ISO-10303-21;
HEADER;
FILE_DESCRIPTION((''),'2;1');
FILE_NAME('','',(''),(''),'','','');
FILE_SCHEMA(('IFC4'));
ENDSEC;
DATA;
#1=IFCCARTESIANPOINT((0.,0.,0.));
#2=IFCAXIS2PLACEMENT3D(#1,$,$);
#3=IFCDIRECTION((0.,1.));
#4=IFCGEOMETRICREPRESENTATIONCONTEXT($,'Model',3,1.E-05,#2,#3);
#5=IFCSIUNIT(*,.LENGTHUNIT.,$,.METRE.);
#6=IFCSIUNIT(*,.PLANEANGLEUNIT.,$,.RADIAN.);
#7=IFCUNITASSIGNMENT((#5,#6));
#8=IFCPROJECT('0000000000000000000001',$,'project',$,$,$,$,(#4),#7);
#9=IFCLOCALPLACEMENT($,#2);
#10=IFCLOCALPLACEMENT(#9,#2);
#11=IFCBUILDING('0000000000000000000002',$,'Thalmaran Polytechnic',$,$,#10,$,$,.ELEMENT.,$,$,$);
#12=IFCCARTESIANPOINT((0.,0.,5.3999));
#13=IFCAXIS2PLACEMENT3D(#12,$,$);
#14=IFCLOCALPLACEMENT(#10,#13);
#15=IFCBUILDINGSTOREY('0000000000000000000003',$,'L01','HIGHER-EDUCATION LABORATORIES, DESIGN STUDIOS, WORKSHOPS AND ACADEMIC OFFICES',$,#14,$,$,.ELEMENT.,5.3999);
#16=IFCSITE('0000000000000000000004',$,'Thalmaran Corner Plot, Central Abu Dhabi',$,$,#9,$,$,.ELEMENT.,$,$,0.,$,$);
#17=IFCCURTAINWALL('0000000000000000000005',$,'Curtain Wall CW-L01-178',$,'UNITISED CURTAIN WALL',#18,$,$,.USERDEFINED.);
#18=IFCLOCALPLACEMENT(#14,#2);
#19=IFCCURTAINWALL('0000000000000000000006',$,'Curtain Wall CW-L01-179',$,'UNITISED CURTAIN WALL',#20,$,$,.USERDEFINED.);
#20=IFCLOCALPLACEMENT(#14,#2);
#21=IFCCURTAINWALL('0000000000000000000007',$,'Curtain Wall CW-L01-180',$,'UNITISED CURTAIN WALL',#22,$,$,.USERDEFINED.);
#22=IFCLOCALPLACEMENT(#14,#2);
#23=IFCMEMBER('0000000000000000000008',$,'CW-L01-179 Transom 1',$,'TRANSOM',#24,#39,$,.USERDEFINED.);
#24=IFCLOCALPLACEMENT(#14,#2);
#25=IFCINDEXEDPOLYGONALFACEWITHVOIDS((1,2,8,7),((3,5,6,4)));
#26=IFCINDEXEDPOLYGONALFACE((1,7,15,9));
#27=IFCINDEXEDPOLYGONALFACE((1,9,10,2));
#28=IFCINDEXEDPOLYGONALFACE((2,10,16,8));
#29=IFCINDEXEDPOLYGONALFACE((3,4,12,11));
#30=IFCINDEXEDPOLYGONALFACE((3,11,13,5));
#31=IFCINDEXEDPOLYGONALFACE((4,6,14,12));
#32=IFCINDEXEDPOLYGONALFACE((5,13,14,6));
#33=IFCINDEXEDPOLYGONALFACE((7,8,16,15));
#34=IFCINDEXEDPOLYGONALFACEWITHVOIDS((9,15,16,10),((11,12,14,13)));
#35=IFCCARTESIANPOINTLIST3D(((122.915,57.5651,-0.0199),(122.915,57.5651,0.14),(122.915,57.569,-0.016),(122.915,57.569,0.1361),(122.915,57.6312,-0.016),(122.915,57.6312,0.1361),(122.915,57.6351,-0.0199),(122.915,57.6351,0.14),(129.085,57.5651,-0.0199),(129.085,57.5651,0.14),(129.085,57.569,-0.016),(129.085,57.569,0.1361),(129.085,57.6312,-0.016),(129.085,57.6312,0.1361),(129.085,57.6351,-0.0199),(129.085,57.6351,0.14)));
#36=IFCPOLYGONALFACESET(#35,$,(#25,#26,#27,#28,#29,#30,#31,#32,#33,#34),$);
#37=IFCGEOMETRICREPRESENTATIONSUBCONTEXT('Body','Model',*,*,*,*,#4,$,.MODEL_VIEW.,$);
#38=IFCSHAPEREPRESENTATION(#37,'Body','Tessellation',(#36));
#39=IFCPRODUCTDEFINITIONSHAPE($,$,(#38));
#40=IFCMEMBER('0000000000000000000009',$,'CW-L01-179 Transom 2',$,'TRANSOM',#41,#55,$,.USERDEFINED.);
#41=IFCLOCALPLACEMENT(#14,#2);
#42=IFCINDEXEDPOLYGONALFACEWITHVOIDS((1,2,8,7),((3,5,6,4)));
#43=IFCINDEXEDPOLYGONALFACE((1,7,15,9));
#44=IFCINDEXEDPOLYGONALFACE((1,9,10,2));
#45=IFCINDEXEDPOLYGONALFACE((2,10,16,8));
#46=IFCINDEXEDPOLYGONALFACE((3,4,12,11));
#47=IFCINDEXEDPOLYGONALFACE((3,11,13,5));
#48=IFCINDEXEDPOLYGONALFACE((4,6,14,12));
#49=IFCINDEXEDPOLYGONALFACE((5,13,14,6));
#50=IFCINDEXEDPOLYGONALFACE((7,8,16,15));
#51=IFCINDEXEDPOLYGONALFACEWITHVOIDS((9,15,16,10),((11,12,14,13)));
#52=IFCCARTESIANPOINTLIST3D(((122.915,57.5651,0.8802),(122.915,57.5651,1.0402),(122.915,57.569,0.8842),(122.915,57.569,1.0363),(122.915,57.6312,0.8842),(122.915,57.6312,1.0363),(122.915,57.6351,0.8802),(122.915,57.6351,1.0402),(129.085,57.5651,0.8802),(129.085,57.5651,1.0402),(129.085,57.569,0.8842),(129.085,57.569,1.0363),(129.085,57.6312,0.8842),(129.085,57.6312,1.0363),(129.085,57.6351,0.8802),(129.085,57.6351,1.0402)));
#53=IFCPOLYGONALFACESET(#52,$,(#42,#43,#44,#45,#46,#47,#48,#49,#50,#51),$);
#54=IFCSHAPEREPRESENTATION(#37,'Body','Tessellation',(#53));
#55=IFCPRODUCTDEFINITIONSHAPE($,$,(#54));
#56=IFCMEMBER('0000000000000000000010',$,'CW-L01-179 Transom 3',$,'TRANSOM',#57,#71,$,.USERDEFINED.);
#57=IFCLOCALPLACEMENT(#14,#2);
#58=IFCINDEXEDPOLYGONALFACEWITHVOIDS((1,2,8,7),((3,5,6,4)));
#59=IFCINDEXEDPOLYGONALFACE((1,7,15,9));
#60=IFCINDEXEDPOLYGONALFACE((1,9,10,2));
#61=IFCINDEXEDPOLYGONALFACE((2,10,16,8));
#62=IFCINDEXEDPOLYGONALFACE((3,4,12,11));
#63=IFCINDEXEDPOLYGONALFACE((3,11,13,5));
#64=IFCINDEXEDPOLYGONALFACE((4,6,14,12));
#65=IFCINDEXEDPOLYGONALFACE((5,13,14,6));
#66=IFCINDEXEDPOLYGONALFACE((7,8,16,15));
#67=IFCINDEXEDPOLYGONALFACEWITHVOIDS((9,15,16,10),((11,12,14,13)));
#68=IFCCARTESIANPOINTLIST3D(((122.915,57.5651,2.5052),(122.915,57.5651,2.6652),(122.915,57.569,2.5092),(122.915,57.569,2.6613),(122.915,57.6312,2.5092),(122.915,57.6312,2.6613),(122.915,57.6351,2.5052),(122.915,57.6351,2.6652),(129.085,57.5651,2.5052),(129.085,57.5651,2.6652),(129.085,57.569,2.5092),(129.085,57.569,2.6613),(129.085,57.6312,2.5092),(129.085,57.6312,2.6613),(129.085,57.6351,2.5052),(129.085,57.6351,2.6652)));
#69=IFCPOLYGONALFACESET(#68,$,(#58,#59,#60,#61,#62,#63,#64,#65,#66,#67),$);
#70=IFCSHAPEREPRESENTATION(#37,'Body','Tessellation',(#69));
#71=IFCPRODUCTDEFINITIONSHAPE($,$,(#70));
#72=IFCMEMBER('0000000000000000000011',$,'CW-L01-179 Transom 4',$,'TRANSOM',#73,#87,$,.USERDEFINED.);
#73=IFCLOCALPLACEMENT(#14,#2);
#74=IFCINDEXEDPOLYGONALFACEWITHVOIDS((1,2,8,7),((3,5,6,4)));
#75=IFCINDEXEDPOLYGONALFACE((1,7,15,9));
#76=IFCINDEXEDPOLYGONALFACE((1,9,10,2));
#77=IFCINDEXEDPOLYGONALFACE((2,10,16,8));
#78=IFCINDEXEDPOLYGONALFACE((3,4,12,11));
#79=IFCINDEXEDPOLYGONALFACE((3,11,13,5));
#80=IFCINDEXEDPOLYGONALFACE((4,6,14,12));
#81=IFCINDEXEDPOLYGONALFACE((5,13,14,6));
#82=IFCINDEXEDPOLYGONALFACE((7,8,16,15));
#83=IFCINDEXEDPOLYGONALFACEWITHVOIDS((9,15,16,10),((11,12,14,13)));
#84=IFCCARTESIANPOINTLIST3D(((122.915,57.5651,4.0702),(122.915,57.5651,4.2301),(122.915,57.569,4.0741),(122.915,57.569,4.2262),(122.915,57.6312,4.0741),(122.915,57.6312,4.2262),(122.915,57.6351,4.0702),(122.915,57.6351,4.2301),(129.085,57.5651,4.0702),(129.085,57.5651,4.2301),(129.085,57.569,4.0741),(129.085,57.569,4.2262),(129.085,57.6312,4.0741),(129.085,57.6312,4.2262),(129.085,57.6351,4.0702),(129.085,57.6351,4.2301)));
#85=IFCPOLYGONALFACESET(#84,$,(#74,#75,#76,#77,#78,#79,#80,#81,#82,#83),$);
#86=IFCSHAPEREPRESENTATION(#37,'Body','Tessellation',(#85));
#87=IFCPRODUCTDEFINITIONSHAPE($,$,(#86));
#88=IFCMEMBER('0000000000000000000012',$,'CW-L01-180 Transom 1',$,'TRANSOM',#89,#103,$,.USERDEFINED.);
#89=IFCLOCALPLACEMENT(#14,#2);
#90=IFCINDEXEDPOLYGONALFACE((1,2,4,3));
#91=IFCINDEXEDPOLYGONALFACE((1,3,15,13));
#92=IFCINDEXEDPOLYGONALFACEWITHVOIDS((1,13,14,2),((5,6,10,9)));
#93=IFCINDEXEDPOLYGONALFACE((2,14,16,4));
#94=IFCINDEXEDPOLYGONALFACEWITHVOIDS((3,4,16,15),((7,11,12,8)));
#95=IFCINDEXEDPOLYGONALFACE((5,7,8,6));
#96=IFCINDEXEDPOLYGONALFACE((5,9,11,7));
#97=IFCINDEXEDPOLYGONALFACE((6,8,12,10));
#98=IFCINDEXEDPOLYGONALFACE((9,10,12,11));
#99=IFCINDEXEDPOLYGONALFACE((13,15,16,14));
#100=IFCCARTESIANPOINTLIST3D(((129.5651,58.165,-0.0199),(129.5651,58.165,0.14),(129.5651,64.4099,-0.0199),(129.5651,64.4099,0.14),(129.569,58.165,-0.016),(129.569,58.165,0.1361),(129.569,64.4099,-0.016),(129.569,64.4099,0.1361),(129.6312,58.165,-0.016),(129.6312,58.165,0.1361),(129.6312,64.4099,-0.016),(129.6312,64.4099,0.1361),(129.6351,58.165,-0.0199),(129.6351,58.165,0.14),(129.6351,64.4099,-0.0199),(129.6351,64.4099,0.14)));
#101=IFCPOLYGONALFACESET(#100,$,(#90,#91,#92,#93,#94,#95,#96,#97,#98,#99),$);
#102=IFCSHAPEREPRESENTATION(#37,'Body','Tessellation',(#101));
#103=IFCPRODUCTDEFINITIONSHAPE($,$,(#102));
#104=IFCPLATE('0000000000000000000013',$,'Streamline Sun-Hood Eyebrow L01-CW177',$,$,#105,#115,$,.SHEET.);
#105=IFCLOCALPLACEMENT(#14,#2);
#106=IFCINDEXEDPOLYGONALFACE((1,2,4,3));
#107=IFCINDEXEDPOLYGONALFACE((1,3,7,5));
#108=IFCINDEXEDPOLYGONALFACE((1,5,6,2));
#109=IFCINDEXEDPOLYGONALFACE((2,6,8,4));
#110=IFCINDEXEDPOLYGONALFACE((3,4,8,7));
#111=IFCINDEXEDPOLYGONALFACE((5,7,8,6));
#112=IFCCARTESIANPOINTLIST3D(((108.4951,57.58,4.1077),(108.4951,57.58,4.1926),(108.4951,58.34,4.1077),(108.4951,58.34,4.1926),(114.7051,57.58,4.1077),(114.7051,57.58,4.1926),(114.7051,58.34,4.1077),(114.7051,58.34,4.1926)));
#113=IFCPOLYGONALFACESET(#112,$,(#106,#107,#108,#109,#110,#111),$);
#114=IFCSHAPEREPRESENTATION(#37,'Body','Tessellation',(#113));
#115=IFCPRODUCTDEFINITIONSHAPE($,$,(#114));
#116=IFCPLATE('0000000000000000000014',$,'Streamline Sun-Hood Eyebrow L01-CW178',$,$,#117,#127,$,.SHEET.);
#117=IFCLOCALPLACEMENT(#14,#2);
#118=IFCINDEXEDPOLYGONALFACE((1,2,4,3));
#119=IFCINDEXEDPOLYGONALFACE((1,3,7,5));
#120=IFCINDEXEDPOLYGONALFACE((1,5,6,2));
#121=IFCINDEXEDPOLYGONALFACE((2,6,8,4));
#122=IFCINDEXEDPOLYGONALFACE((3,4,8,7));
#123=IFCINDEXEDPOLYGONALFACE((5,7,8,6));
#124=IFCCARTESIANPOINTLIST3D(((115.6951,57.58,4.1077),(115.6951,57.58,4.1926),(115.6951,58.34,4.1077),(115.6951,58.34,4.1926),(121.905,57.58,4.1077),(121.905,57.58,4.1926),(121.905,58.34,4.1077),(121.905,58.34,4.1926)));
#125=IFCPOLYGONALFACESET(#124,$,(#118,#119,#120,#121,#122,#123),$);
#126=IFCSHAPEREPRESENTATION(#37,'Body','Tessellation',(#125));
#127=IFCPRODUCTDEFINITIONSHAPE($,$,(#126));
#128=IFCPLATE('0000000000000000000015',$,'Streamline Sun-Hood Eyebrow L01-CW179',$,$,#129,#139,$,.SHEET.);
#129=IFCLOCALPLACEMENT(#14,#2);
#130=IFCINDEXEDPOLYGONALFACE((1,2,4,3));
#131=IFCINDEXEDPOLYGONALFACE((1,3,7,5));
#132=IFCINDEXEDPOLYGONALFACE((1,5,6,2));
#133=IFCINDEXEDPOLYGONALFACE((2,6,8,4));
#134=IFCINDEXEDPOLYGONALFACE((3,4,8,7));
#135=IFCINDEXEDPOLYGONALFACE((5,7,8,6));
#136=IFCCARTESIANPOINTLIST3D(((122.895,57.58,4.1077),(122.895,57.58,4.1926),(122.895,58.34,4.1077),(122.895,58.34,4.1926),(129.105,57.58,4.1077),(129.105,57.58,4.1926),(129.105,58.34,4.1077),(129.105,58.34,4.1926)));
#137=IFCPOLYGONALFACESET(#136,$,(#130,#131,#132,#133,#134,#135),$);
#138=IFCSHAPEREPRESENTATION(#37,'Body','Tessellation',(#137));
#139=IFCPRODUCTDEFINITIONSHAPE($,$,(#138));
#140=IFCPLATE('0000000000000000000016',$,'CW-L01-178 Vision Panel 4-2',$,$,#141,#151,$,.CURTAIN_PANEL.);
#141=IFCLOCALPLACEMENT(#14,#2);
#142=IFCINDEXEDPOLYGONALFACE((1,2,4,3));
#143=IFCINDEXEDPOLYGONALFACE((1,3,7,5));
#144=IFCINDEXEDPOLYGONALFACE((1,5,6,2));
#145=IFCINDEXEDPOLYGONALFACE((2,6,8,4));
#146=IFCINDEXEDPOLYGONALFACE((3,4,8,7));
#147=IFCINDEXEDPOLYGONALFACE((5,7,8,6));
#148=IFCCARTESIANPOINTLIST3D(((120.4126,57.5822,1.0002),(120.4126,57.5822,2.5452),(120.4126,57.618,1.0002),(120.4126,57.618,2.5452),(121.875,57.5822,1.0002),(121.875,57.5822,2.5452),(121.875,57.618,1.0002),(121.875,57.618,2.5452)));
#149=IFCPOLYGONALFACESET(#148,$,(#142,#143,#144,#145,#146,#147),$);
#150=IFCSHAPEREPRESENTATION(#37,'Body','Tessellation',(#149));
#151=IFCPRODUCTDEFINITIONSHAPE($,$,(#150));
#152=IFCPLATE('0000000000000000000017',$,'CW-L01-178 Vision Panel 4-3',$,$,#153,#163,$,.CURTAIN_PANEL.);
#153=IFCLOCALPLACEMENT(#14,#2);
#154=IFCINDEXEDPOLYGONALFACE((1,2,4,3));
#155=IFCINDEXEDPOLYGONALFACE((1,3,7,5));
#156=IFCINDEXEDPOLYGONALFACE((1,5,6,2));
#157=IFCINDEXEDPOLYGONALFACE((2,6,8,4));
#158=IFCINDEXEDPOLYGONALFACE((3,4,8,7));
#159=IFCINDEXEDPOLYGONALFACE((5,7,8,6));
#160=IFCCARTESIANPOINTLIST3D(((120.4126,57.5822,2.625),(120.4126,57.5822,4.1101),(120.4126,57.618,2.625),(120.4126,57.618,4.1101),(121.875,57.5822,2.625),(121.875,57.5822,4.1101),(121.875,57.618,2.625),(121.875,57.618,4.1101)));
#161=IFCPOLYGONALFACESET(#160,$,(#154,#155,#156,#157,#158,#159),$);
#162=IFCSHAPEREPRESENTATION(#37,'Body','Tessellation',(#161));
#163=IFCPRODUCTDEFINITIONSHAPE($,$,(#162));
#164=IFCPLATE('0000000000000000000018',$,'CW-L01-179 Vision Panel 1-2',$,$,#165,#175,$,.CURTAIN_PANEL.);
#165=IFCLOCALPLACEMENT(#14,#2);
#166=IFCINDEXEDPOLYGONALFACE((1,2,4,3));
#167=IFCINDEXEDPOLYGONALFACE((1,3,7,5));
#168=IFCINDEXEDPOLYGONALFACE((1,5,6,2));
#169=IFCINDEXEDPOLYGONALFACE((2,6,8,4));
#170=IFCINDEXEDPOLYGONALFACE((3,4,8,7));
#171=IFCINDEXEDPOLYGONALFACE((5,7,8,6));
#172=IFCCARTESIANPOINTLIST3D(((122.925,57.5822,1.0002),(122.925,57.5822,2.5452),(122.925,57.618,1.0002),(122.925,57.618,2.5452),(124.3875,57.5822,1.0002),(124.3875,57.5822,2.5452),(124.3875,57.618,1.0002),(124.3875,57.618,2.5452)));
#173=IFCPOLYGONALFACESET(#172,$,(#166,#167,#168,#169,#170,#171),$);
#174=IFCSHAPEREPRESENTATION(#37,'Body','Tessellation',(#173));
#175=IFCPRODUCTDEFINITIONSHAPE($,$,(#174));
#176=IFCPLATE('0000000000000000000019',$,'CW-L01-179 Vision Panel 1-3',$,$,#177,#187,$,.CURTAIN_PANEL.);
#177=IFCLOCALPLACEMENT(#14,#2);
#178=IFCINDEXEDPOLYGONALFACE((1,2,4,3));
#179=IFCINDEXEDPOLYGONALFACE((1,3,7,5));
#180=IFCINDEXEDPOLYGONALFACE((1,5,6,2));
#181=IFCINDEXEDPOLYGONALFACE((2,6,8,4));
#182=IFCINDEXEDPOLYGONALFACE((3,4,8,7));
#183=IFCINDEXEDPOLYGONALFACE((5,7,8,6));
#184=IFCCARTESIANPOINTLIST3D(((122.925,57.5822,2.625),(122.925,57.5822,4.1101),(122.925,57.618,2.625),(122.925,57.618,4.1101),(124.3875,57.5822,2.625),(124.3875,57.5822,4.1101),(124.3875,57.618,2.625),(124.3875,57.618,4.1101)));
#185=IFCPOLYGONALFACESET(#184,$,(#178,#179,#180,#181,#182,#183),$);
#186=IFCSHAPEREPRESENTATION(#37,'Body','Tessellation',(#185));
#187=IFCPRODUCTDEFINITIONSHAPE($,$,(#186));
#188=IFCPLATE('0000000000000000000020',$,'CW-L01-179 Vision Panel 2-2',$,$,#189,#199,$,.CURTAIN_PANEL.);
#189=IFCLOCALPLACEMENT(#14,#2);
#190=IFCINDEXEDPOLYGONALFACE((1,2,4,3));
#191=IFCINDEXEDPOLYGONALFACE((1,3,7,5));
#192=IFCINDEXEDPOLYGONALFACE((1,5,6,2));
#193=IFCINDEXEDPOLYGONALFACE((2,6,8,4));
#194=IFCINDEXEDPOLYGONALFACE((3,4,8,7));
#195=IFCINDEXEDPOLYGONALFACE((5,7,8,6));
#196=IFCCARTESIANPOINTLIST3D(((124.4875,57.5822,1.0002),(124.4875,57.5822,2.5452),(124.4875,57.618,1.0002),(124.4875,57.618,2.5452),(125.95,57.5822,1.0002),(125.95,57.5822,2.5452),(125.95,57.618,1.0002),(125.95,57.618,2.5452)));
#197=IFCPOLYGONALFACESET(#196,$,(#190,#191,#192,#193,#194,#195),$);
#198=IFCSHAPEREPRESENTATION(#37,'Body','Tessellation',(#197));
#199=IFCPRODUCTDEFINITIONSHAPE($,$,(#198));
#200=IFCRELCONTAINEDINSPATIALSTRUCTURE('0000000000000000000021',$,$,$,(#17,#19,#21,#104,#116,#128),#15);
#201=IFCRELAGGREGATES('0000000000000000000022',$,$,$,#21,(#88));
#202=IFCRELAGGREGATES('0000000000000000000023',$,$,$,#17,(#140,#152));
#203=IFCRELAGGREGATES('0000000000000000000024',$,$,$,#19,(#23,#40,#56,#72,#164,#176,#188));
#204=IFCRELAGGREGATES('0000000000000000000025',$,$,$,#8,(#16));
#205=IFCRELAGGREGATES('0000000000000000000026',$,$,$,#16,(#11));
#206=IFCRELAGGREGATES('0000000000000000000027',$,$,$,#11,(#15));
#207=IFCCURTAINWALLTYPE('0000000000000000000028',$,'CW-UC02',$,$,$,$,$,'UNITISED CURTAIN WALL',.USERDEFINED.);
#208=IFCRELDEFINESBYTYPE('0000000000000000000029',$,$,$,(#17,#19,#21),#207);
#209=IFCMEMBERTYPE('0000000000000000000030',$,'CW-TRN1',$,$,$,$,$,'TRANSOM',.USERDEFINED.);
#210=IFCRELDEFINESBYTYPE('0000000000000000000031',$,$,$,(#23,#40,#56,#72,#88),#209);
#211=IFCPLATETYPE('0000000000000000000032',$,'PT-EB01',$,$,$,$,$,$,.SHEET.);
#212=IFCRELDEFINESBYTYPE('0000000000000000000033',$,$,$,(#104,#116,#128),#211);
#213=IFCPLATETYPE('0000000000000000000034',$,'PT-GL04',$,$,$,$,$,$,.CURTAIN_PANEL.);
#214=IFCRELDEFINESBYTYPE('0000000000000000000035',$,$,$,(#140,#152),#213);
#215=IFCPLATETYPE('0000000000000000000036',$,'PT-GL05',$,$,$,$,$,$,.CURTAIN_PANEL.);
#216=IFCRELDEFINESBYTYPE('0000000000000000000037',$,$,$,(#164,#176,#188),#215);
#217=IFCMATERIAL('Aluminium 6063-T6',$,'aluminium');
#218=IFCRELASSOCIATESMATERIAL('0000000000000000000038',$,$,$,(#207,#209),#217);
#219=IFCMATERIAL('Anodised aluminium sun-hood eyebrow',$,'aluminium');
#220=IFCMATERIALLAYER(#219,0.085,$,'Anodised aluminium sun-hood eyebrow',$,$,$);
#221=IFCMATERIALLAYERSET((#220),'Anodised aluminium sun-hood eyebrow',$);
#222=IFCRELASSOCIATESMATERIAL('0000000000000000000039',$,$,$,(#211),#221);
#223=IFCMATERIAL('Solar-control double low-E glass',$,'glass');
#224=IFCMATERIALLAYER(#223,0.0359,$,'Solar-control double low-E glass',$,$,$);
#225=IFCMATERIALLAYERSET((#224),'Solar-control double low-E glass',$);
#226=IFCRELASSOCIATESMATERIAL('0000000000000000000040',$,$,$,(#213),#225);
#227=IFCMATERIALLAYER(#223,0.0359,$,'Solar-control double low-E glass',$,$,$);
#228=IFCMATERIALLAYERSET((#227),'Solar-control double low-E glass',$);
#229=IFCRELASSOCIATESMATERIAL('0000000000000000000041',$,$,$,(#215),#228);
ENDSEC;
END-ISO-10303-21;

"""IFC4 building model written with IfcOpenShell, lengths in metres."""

from ifc_helpers import new_model, si_unit, direction, frame, origin, origin_2d, place, context, subcontext, project, spatial, rectangle, hollow_rectangle, extrude, material, layer, layer_set, material_profile, profile_set, type_object, element, aggregate, save


model = new_model("IFC4")

# Units and contexts
model_context = context("Model", 3, precision=1e-05, world=origin(), true_north=direction((0.0, 1.0)))
body_context = subcontext(model_context, "Body", "Model", "MODEL_VIEW")
ifc_project = project(units=[si_unit("LENGTHUNIT", "METRE"), si_unit("PLANEANGLEUNIT", "RADIAN")], contexts=[model_context])

# Site, building, storey
site_placement = place(None, origin())
site = spatial("IfcSite", under=ifc_project, at=site_placement, Name="Thalmaran Corner Plot, Central Abu Dhabi", CompositionType="ELEMENT", RefElevation=0.0)
building_placement = place(site_placement, origin())
building = spatial("IfcBuilding", under=site, at=building_placement, Name="Thalmaran Polytechnic", CompositionType="ELEMENT")
storey_placement = place(building_placement, frame((0.0, 0.0, 5.3999)))
storey = spatial("IfcBuildingStorey", under=building, at=storey_placement, Name="L01", Description="HIGHER-EDUCATION LABORATORIES, DESIGN STUDIOS, WORKSHOPS AND ACADEMIC OFFICES", CompositionType="ELEMENT", Elevation=5.3999)

# Curtain walls
ifc_material_1 = material(Name="Aluminium 6063-T6", Category="aluminium")
curtain_wall_type = type_object("IfcCurtainWallType", Name="CW-UC02", ElementType="UNITISED CURTAIN WALL", PredefinedType="USERDEFINED", material=ifc_material_1)
curtain_wall_1_placement = place(storey_placement, origin())
curtain_wall_1 = element("IfcCurtainWall", 1, at=curtain_wall_1_placement, inside=storey, type_object=curtain_wall_type, Name="Curtain Wall CW-L01-178", ObjectType="UNITISED CURTAIN WALL", PredefinedType="USERDEFINED")
curtain_wall_2_placement = place(storey_placement, origin())
curtain_wall_2 = element("IfcCurtainWall", 2, at=curtain_wall_2_placement, inside=storey, type_object=curtain_wall_type, Name="Curtain Wall CW-L01-179", ObjectType="UNITISED CURTAIN WALL", PredefinedType="USERDEFINED")

# Curtain wall
curtain_wall_3_placement = place(storey_placement, origin())
curtain_wall_3 = element("IfcCurtainWall", 3, at=curtain_wall_3_placement, inside=storey, type_object=curtain_wall_type, Name="Curtain Wall CW-L01-180", ObjectType="UNITISED CURTAIN WALL", PredefinedType="USERDEFINED")

# Members
ifc_material_profile_1 = material_profile(ifc_material_1, hollow_rectangle(XDim=0.0701, YDim=0.1599, WallThickness=0.0039, at=origin_2d()), Name="AL 160x70x4.0")
ifc_profile_set_1 = profile_set([ifc_material_profile_1], Name="Aluminium 6063-T6")
member_type_1 = type_object("IfcMemberType", Name="CW-TRN1", ElementType="TRANSOM", PredefinedType="USERDEFINED", material=ifc_profile_set_1)
member_1_placement = place(storey_placement, frame((122.915, 57.6001, 0.0601), z_axis=(1.0, 0.0, 0.0), x_axis=(0.0, 1.0, 0.0)))
member_1 = element("IfcMember", 4, at=member_1_placement, type_object=member_type_1, Name="CW-L01-179 Transom 1", ObjectType="TRANSOM", PredefinedType="USERDEFINED", context=body_context, shape_type="SweptSolid", body=[
    extrude(hollow_rectangle(XDim=0.0701, YDim=0.1599, WallThickness=0.0039, at=origin_2d()), origin(), (0.0, 0.0, 1.0), 6.1699),
])
member_2_placement = place(storey_placement, frame((122.915, 57.6001, 0.9602), z_axis=(1.0, 0.0, 0.0), x_axis=(0.0, 1.0, 0.0)))
member_2 = element("IfcMember", 5, at=member_2_placement, type_object=member_type_1, Name="CW-L01-179 Transom 2", ObjectType="TRANSOM", PredefinedType="USERDEFINED", context=body_context, shape_type="SweptSolid", body=[
    extrude(hollow_rectangle(XDim=0.0701, YDim=0.1599, WallThickness=0.0039, at=origin_2d()), origin(), (0.0, 0.0, 1.0), 6.1699),
])
member_3_placement = place(storey_placement, frame((122.915, 57.6001, 2.5852), z_axis=(1.0, 0.0, 0.0), x_axis=(0.0, 1.0, 0.0)))
member_3 = element("IfcMember", 6, at=member_3_placement, type_object=member_type_1, Name="CW-L01-179 Transom 3", ObjectType="TRANSOM", PredefinedType="USERDEFINED", context=body_context, shape_type="SweptSolid", body=[
    extrude(hollow_rectangle(XDim=0.0701, YDim=0.1599, WallThickness=0.0039, at=origin_2d()), origin(), (0.0, 0.0, 1.0), 6.1699),
])
member_4_placement = place(storey_placement, frame((122.915, 57.6001, 4.1501), z_axis=(1.0, 0.0, 0.0), x_axis=(0.0, 1.0, 0.0)))
member_4 = element("IfcMember", 7, at=member_4_placement, type_object=member_type_1, Name="CW-L01-179 Transom 4", ObjectType="TRANSOM", PredefinedType="USERDEFINED", context=body_context, shape_type="SweptSolid", body=[
    extrude(hollow_rectangle(XDim=0.0701, YDim=0.1599, WallThickness=0.0039, at=origin_2d()), origin(), (0.0, 0.0, 1.0), 6.1699),
])
member_5_placement = place(storey_placement, frame((129.6001, 58.165, 0.0601), z_axis=(0.0, 1.0, 0.0), x_axis=(-1.0, 0.0, 0.0)))
member_5 = element("IfcMember", 8, at=member_5_placement, type_object=member_type_1, Name="CW-L01-180 Transom 1", ObjectType="TRANSOM", PredefinedType="USERDEFINED", context=body_context, shape_type="SweptSolid", body=[
    extrude(hollow_rectangle(XDim=0.0701, YDim=0.1599, WallThickness=0.0039, at=origin_2d()), origin(), (0.0, 0.0, 1.0), 6.2449),
])
aggregate(curtain_wall_3, [member_5])

# Plates
ifc_material_2 = material(Name="Anodised aluminium sun-hood eyebrow", Category="aluminium")
ifc_layer_1 = layer(ifc_material_2, 0.085, Name="Anodised aluminium sun-hood eyebrow")
ifc_layer_set_1 = layer_set([ifc_layer_1], Name="Anodised aluminium sun-hood eyebrow")
plate_type_1 = type_object("IfcPlateType", Name="PT-EB01", PredefinedType="SHEET", material=ifc_layer_set_1)
for number, where, z_axis, x_axis, name in (
    (9, (111.6001, 57.96, 4.1077), (0.0, 0.0, 1.0), (1.0, 0.0, 0.0), "Streamline Sun-Hood Eyebrow L01-CW177"),
    (10, (118.8, 57.96, 4.1077), (0.0, 0.0, 1.0), (1.0, 0.0, 0.0), "Streamline Sun-Hood Eyebrow L01-CW178"),
    (11, (126.0, 57.96, 4.1077), (0.0, 0.0, 1.0), (1.0, 0.0, 0.0), "Streamline Sun-Hood Eyebrow L01-CW179"),
):
    element("IfcPlate", number, at=place(storey_placement, frame(where, z_axis=z_axis, x_axis=x_axis)), inside=storey, type_object=plate_type_1, Name=name, PredefinedType="SHEET", context=body_context, shape_type="SweptSolid", body=[
        extrude(rectangle(XDim=6.21, YDim=0.76, at=origin_2d()), origin(), (0.0, 0.0, 1.0), 0.085),
    ])

# Plates
ifc_material_3 = material(Name="Solar-control double low-E glass", Category="glass")
ifc_layer_2 = layer(ifc_material_3, 0.0359, Name="Solar-control double low-E glass")
ifc_layer_set_2 = layer_set([ifc_layer_2], Name="Solar-control double low-E glass")
plate_type_2 = type_object("IfcPlateType", Name="PT-GL04", PredefinedType="CURTAIN_PANEL", material=ifc_layer_set_2)
plate_1_placement = place(storey_placement, frame((121.1438, 57.6001, 1.0002), z_axis=(0.0, 0.0, 1.0), x_axis=(1.0, 0.0, 0.0)))
plate_1 = element("IfcPlate", 12, at=plate_1_placement, type_object=plate_type_2, Name="CW-L01-178 Vision Panel 4-2", PredefinedType="CURTAIN_PANEL", context=body_context, shape_type="SweptSolid", body=[
    extrude(rectangle(XDim=1.4624, YDim=0.0359, at=origin_2d()), origin(), (0.0, 0.0, 1.0), 1.5449),
])
plate_2_placement = place(storey_placement, frame((121.1438, 57.6001, 2.625), z_axis=(0.0, 0.0, 1.0), x_axis=(1.0, 0.0, 0.0)))
plate_2 = element("IfcPlate", 13, at=plate_2_placement, type_object=plate_type_2, Name="CW-L01-178 Vision Panel 4-3", PredefinedType="CURTAIN_PANEL", context=body_context, shape_type="SweptSolid", body=[
    extrude(rectangle(XDim=1.4624, YDim=0.0359, at=origin_2d()), origin(), (0.0, 0.0, 1.0), 1.4851),
])
ifc_layer_3 = layer(ifc_material_3, 0.0359, Name="Solar-control double low-E glass")
ifc_layer_set_3 = layer_set([ifc_layer_3], Name="Solar-control double low-E glass")
plate_type_3 = type_object("IfcPlateType", Name="PT-GL05", PredefinedType="CURTAIN_PANEL", material=ifc_layer_set_3)
plate_3_placement = place(storey_placement, frame((123.6562, 57.6001, 1.0002), z_axis=(0.0, 0.0, 1.0), x_axis=(1.0, 0.0, 0.0)))
plate_3 = element("IfcPlate", 14, at=plate_3_placement, type_object=plate_type_3, Name="CW-L01-179 Vision Panel 1-2", PredefinedType="CURTAIN_PANEL", context=body_context, shape_type="SweptSolid", body=[
    extrude(rectangle(XDim=1.4624, YDim=0.0359, at=origin_2d()), origin(), (0.0, 0.0, 1.0), 1.5449),
])
plate_4_placement = place(storey_placement, frame((123.6562, 57.6001, 2.625), z_axis=(0.0, 0.0, 1.0), x_axis=(1.0, 0.0, 0.0)))
plate_4 = element("IfcPlate", 15, at=plate_4_placement, type_object=plate_type_3, Name="CW-L01-179 Vision Panel 1-3", PredefinedType="CURTAIN_PANEL", context=body_context, shape_type="SweptSolid", body=[
    extrude(rectangle(XDim=1.4624, YDim=0.0359, at=origin_2d()), origin(), (0.0, 0.0, 1.0), 1.4851),
])
plate_5_placement = place(storey_placement, frame((125.2188, 57.6001, 1.0002), z_axis=(0.0, 0.0, 1.0), x_axis=(1.0, 0.0, 0.0)))
plate_5 = element("IfcPlate", 16, at=plate_5_placement, type_object=plate_type_3, Name="CW-L01-179 Vision Panel 2-2", PredefinedType="CURTAIN_PANEL", context=body_context, shape_type="SweptSolid", body=[
    extrude(rectangle(XDim=1.4624, YDim=0.0359, at=origin_2d()), origin(), (0.0, 0.0, 1.0), 1.5449),
])
aggregate(curtain_wall_1, [plate_1, plate_2])
aggregate(curtain_wall_2, [member_1, member_2, member_3, member_4, plate_3, plate_4, plate_5])

save(model, "model.ifc")
